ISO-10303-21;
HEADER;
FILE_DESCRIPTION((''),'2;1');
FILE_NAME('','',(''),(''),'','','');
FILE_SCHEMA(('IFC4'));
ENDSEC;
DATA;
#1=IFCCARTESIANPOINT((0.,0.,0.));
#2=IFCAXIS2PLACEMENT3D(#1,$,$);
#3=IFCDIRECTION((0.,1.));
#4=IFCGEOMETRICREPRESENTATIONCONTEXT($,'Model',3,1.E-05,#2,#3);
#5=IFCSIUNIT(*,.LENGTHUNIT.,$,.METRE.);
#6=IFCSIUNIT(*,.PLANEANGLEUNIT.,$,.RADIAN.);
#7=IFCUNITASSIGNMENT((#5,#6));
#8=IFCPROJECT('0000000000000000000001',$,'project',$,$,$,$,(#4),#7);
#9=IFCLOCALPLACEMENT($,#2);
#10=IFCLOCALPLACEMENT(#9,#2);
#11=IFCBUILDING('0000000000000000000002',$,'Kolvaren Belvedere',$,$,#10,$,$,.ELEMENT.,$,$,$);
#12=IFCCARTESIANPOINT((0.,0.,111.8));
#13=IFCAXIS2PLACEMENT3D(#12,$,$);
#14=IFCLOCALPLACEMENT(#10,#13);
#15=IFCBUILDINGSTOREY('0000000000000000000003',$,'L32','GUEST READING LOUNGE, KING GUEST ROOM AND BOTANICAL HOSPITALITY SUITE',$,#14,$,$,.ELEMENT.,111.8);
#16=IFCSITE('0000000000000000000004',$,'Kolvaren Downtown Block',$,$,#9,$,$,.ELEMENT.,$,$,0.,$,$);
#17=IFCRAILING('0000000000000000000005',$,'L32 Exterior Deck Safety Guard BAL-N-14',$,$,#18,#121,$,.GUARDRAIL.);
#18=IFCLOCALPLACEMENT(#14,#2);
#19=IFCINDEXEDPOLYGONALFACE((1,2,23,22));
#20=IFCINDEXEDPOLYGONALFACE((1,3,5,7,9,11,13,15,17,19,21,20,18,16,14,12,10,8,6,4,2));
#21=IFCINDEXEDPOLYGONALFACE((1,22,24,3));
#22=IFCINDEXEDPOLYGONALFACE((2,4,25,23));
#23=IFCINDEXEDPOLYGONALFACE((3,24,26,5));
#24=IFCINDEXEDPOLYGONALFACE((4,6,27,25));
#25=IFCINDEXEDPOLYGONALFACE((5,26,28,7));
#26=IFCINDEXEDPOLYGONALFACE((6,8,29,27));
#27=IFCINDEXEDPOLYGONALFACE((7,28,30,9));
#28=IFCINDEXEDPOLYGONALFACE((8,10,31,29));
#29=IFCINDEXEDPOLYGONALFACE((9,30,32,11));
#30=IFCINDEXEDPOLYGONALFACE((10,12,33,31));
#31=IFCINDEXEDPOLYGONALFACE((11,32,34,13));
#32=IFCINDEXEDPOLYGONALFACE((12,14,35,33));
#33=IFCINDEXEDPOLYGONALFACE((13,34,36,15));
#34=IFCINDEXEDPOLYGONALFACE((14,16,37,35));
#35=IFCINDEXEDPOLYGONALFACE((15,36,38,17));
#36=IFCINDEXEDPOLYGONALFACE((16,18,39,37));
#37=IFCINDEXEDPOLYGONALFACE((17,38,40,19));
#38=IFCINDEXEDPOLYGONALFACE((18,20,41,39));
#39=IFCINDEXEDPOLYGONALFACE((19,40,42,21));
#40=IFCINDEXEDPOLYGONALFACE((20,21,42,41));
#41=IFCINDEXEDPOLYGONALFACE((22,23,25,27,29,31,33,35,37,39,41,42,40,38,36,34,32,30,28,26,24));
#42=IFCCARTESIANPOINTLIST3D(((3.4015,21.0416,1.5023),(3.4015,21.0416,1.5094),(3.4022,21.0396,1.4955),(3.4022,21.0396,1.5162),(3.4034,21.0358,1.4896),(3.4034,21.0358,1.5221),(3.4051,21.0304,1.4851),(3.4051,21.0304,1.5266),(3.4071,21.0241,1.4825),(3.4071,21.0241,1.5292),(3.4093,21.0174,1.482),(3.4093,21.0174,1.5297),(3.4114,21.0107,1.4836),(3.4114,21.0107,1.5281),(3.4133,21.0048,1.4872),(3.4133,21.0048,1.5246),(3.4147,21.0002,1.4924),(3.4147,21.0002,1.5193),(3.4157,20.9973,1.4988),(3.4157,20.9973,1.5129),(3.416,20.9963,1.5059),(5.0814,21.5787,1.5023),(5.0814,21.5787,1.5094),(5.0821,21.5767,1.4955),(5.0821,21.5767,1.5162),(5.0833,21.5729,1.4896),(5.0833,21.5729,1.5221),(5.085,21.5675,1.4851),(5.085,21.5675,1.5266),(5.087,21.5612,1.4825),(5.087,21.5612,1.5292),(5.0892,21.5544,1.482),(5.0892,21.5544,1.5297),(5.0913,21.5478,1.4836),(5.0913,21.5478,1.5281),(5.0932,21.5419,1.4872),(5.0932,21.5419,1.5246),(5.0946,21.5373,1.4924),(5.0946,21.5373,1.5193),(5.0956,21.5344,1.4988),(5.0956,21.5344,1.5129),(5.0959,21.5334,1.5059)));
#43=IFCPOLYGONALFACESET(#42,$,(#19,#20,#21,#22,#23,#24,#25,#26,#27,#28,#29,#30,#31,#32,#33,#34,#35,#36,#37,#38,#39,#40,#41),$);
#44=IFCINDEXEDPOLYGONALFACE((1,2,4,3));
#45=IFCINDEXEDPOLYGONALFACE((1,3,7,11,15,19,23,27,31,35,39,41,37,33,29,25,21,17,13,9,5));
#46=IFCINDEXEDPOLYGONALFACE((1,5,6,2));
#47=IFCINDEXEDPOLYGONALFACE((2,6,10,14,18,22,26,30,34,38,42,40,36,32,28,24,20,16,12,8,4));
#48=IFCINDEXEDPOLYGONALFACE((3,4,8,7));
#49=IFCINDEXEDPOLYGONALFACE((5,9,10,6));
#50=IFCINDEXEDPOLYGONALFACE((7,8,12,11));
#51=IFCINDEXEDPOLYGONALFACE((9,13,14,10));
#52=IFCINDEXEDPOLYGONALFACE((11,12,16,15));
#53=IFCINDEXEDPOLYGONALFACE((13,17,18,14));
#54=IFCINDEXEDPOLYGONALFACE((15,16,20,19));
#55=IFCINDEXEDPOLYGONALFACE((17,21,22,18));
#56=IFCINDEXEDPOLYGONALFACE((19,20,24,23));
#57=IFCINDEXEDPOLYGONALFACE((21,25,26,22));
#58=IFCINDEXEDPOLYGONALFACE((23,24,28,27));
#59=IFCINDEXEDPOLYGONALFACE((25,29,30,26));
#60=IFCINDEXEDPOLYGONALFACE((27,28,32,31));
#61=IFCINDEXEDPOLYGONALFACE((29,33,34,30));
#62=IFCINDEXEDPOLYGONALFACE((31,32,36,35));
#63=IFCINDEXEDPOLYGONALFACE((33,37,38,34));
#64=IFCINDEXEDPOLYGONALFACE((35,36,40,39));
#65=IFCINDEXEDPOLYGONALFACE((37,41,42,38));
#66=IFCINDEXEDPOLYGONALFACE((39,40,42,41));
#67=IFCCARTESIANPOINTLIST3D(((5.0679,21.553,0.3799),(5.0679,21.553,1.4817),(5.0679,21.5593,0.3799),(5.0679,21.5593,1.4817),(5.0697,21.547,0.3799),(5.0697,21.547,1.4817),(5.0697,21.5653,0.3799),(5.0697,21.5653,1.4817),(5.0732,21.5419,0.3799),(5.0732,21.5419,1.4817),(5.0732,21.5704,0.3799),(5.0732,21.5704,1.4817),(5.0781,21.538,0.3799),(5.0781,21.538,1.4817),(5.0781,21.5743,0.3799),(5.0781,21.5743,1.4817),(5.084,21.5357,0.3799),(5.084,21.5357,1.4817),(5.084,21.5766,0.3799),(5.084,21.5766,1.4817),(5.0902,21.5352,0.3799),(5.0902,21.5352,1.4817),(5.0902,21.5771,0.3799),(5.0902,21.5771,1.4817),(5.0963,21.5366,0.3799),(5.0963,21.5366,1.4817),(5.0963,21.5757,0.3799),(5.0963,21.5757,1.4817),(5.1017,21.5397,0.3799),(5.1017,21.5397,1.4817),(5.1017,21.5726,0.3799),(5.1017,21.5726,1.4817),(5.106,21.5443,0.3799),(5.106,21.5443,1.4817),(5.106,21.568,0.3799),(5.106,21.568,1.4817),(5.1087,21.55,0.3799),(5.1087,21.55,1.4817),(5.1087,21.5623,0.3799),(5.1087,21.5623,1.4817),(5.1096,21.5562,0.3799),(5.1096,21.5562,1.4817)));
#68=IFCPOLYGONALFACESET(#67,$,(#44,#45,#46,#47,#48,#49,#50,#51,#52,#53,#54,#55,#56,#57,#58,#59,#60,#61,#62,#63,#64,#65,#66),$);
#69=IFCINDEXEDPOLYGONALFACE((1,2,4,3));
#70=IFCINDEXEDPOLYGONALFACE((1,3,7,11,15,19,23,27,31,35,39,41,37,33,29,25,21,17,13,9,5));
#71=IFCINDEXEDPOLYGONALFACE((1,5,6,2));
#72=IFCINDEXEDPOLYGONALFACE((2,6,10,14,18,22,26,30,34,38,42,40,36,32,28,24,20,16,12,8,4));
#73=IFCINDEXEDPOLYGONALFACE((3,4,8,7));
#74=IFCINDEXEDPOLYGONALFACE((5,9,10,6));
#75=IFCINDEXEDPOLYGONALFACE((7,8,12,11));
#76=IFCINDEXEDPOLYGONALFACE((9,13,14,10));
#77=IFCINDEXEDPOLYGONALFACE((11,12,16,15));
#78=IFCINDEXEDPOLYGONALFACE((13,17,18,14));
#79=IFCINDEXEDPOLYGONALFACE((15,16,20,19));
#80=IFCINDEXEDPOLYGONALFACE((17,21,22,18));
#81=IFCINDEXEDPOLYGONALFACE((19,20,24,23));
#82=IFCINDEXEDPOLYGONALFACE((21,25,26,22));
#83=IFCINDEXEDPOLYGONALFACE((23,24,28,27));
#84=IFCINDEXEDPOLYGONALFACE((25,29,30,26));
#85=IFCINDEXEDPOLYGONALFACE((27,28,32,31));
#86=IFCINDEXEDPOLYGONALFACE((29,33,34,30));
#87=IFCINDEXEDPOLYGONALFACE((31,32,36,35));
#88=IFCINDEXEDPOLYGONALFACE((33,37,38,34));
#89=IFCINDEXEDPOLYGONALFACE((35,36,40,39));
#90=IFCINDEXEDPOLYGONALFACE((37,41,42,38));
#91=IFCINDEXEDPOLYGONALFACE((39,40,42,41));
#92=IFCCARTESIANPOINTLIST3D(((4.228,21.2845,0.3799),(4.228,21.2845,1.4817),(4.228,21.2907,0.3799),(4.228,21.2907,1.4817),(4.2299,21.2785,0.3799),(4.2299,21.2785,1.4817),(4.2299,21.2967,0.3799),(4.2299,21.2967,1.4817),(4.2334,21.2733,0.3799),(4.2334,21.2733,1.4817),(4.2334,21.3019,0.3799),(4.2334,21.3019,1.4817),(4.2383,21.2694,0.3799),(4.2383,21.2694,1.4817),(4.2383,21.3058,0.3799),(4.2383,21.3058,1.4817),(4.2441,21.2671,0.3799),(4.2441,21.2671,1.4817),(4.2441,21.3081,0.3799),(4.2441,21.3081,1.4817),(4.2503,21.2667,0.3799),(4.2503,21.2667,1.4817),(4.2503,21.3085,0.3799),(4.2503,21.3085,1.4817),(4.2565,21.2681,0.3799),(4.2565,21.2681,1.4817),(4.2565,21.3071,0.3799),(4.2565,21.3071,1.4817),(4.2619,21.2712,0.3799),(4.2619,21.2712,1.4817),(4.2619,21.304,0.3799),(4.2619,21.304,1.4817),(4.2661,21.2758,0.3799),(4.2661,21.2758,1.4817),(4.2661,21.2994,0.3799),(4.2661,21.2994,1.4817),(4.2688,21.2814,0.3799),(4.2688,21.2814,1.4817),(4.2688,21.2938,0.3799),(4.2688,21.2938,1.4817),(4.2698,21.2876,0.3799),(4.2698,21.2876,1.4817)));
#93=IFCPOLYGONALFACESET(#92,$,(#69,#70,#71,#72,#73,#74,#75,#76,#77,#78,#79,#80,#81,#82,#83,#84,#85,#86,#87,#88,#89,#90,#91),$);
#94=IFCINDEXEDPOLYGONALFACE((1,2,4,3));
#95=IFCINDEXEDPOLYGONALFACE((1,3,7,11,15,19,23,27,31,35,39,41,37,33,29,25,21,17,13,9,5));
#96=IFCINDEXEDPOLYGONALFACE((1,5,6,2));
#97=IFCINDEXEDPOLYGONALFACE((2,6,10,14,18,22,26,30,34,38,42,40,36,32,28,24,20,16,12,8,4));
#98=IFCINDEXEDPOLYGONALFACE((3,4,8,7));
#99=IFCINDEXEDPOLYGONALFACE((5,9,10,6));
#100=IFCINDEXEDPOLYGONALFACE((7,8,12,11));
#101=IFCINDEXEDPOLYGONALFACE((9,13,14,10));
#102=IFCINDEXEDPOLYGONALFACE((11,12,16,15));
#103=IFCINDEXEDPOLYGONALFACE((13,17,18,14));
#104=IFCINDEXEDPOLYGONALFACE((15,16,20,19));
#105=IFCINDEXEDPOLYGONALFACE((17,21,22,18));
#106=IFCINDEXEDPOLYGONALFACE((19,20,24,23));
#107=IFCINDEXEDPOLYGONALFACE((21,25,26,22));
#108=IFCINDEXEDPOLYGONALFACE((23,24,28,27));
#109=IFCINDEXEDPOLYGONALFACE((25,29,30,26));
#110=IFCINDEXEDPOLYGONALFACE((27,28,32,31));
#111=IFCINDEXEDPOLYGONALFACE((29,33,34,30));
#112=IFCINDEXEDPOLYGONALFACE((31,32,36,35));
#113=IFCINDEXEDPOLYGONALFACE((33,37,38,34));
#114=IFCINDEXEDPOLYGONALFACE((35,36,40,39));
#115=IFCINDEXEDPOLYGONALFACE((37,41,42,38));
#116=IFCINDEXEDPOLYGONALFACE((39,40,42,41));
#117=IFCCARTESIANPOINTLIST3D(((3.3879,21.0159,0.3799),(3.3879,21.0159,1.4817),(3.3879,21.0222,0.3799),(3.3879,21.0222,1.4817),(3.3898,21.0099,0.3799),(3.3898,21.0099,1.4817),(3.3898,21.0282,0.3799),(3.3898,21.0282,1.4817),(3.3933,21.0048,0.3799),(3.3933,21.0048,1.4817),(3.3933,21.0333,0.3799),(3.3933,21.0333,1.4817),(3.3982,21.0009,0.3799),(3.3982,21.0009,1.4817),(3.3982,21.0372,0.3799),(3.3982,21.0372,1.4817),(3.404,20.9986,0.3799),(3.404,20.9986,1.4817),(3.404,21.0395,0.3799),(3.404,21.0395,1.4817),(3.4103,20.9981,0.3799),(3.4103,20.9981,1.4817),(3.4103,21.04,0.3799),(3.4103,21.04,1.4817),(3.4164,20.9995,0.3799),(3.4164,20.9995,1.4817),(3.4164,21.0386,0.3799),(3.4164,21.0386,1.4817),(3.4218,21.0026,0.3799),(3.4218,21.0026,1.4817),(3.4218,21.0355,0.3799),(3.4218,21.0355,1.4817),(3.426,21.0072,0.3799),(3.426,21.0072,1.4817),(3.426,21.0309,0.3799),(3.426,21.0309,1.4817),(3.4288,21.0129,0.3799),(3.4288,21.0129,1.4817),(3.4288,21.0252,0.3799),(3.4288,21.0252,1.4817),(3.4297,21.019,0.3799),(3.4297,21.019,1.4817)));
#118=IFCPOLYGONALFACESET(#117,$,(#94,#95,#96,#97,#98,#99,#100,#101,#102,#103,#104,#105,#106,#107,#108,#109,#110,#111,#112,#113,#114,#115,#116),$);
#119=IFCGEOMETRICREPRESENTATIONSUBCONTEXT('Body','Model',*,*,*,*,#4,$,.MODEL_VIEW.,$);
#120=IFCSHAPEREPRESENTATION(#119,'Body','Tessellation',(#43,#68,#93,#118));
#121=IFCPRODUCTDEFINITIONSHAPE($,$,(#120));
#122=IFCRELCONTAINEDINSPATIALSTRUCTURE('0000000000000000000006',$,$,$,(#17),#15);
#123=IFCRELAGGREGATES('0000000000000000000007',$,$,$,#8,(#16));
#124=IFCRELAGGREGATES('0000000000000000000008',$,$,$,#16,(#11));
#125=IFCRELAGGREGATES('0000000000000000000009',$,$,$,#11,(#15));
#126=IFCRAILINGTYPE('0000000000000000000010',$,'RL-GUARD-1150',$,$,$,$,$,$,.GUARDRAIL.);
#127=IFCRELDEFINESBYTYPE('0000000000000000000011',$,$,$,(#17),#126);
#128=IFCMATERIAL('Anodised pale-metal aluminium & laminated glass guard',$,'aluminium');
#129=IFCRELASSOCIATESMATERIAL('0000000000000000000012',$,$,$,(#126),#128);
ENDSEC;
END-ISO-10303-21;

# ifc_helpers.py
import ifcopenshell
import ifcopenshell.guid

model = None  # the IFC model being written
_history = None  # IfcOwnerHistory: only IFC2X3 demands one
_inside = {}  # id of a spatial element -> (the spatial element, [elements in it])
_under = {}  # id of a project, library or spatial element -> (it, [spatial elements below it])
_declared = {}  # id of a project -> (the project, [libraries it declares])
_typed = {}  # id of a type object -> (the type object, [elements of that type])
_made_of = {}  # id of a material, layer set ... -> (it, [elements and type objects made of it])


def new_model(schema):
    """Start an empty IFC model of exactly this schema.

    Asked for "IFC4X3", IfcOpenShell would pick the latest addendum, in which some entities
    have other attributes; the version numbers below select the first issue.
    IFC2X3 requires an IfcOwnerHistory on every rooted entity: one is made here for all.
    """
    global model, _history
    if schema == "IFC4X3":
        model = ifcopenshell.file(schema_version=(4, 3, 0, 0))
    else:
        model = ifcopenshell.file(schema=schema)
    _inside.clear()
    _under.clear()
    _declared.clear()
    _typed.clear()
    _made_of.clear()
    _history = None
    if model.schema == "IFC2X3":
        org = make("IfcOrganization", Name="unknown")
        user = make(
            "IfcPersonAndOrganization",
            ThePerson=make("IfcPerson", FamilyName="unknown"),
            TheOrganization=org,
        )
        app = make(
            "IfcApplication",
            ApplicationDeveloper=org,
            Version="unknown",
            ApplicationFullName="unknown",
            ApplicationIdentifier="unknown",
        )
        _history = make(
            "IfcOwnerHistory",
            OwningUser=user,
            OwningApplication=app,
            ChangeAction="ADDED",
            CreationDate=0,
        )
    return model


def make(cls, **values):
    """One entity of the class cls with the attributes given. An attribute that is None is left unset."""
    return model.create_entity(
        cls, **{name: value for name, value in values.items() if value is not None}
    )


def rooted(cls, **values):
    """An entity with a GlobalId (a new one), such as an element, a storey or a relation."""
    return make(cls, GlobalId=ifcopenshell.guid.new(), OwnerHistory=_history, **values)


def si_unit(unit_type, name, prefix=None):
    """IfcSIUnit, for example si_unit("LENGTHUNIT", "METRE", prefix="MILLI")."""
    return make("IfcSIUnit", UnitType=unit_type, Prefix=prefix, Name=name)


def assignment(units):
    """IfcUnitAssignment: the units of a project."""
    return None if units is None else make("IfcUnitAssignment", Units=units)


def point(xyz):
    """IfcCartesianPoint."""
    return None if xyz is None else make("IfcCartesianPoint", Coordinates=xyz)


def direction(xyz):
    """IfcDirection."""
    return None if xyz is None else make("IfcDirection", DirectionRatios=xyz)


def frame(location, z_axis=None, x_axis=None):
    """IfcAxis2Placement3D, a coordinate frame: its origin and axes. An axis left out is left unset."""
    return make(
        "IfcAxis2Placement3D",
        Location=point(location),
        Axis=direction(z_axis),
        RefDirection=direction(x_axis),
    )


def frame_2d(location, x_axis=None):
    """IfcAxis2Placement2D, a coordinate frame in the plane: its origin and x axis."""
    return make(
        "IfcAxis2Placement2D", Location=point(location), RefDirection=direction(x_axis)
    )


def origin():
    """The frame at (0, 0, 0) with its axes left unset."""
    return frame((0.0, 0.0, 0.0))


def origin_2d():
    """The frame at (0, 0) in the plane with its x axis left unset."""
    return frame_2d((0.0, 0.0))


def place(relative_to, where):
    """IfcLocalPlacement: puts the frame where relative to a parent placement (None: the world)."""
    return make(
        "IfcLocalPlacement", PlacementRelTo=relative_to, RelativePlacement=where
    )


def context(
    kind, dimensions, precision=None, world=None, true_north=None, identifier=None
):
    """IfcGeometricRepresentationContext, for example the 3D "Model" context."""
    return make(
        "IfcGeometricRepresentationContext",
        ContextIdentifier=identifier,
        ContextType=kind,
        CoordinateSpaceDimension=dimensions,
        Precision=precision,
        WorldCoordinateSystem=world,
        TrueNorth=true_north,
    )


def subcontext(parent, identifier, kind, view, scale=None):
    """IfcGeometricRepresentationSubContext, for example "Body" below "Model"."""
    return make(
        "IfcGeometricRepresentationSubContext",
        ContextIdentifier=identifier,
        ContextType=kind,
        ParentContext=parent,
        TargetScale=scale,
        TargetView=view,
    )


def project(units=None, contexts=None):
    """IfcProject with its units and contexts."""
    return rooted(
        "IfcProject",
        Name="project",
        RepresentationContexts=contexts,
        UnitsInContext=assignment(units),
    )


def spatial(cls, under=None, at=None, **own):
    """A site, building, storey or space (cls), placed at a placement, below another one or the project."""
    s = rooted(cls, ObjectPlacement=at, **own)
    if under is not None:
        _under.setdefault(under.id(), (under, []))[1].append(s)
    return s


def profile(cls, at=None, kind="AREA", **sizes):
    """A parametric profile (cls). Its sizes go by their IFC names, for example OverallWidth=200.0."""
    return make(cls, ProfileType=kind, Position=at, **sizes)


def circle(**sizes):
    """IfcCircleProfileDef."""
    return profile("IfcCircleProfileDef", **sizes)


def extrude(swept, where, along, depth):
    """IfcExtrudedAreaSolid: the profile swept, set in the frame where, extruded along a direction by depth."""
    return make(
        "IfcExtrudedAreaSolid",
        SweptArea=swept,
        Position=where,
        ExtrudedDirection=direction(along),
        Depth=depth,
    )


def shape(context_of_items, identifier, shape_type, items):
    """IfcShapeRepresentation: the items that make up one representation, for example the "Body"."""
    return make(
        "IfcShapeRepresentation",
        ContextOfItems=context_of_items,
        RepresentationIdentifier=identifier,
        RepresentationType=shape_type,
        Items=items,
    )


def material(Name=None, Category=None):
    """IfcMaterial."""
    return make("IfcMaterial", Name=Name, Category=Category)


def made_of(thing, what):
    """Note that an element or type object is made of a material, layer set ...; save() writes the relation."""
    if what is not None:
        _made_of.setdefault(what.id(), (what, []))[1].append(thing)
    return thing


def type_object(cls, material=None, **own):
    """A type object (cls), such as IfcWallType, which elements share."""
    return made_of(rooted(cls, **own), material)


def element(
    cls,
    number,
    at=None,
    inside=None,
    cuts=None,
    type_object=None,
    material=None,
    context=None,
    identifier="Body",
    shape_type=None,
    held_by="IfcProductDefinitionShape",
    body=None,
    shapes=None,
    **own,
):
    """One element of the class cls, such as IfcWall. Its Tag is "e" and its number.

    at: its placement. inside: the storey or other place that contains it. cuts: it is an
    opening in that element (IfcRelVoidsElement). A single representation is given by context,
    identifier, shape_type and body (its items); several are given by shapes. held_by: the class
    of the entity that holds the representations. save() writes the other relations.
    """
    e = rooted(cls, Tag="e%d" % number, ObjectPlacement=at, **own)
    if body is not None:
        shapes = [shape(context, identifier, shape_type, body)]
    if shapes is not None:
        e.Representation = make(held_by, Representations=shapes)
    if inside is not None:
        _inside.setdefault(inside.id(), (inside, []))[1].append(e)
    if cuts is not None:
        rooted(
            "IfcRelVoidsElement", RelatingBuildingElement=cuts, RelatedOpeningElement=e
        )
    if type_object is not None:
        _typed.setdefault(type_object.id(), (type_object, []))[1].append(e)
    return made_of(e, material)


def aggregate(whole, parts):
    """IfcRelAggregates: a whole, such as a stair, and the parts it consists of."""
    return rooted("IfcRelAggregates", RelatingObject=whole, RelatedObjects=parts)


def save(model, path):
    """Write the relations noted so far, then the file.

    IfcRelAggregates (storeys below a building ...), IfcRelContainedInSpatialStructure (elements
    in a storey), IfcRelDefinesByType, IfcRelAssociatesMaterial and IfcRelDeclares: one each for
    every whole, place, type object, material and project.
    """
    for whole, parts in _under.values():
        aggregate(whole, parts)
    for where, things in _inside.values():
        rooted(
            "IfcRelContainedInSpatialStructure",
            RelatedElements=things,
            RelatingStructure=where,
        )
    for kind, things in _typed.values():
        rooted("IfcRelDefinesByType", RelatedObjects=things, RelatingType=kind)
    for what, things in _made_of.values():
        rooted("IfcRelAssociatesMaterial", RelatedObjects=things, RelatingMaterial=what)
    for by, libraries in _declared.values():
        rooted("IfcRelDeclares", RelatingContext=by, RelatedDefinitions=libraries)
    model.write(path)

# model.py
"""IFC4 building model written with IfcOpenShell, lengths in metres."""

from ifc_helpers import new_model, si_unit, direction, frame, origin, origin_2d, place, context, subcontext, project, spatial, circle, extrude, material, type_object, element, save


model = new_model("IFC4")

# Units and contexts
model_context = context("Model", 3, precision=1e-05, world=origin(), true_north=direction((0.0, 1.0)))
body_context = subcontext(model_context, "Body", "Model", "MODEL_VIEW")
ifc_project = project(units=[si_unit("LENGTHUNIT", "METRE"), si_unit("PLANEANGLEUNIT", "RADIAN")], contexts=[model_context])

# Site, building, storey
site_placement = place(None, origin())
site = spatial("IfcSite", under=ifc_project, at=site_placement, Name="Kolvaren Downtown Block", CompositionType="ELEMENT", RefElevation=0.0)
building_placement = place(site_placement, origin())
building = spatial("IfcBuilding", under=site, at=building_placement, Name="Kolvaren Belvedere", CompositionType="ELEMENT")
storey_placement = place(building_placement, frame((0.0, 0.0, 111.8)))
storey = spatial("IfcBuildingStorey", under=building, at=storey_placement, Name="L32", Description="GUEST READING LOUNGE, KING GUEST ROOM AND BOTANICAL HOSPITALITY SUITE", CompositionType="ELEMENT", Elevation=111.8)

# Railing
ifc_material_1 = material(Name="Anodised pale-metal aluminium & laminated glass guard", Category="aluminium")
railing_type = type_object("IfcRailingType", Name="RL-GUARD-1150", PredefinedType="GUARDRAIL", material=ifc_material_1)
railing_1_placement = place(storey_placement, frame((5.0886, 21.5562, 0.3799)))
element("IfcRailing", 1, at=railing_1_placement, inside=storey, type_object=railing_type, Name="L32 Exterior Deck Safety Guard BAL-N-14", PredefinedType="GUARDRAIL", context=body_context, shape_type="SweptSolid", body=[
    extrude(circle(Radius=0.0239, at=origin_2d()), frame((0.0, 0.0, 1.126), z_axis=(-0.952501, -0.304535, 0.0), x_axis=(0.304535, -0.952501, 0.0)), (0.0, 0.0, 1.0), 1.7637),
    extrude(circle(Radius=0.021, at=origin_2d()), origin(), (0.0, 0.0, 1.0), 1.1018),
    extrude(circle(Radius=0.021, at=origin_2d()), frame((-0.8398, -0.2686, 0.0)), (0.0, 0.0, 1.0), 1.1018),
    extrude(circle(Radius=0.021, at=origin_2d()), frame((-1.6799, -0.5371, 0.0)), (0.0, 0.0, 1.0), 1.1018),
])

save(model, "model.ifc")
